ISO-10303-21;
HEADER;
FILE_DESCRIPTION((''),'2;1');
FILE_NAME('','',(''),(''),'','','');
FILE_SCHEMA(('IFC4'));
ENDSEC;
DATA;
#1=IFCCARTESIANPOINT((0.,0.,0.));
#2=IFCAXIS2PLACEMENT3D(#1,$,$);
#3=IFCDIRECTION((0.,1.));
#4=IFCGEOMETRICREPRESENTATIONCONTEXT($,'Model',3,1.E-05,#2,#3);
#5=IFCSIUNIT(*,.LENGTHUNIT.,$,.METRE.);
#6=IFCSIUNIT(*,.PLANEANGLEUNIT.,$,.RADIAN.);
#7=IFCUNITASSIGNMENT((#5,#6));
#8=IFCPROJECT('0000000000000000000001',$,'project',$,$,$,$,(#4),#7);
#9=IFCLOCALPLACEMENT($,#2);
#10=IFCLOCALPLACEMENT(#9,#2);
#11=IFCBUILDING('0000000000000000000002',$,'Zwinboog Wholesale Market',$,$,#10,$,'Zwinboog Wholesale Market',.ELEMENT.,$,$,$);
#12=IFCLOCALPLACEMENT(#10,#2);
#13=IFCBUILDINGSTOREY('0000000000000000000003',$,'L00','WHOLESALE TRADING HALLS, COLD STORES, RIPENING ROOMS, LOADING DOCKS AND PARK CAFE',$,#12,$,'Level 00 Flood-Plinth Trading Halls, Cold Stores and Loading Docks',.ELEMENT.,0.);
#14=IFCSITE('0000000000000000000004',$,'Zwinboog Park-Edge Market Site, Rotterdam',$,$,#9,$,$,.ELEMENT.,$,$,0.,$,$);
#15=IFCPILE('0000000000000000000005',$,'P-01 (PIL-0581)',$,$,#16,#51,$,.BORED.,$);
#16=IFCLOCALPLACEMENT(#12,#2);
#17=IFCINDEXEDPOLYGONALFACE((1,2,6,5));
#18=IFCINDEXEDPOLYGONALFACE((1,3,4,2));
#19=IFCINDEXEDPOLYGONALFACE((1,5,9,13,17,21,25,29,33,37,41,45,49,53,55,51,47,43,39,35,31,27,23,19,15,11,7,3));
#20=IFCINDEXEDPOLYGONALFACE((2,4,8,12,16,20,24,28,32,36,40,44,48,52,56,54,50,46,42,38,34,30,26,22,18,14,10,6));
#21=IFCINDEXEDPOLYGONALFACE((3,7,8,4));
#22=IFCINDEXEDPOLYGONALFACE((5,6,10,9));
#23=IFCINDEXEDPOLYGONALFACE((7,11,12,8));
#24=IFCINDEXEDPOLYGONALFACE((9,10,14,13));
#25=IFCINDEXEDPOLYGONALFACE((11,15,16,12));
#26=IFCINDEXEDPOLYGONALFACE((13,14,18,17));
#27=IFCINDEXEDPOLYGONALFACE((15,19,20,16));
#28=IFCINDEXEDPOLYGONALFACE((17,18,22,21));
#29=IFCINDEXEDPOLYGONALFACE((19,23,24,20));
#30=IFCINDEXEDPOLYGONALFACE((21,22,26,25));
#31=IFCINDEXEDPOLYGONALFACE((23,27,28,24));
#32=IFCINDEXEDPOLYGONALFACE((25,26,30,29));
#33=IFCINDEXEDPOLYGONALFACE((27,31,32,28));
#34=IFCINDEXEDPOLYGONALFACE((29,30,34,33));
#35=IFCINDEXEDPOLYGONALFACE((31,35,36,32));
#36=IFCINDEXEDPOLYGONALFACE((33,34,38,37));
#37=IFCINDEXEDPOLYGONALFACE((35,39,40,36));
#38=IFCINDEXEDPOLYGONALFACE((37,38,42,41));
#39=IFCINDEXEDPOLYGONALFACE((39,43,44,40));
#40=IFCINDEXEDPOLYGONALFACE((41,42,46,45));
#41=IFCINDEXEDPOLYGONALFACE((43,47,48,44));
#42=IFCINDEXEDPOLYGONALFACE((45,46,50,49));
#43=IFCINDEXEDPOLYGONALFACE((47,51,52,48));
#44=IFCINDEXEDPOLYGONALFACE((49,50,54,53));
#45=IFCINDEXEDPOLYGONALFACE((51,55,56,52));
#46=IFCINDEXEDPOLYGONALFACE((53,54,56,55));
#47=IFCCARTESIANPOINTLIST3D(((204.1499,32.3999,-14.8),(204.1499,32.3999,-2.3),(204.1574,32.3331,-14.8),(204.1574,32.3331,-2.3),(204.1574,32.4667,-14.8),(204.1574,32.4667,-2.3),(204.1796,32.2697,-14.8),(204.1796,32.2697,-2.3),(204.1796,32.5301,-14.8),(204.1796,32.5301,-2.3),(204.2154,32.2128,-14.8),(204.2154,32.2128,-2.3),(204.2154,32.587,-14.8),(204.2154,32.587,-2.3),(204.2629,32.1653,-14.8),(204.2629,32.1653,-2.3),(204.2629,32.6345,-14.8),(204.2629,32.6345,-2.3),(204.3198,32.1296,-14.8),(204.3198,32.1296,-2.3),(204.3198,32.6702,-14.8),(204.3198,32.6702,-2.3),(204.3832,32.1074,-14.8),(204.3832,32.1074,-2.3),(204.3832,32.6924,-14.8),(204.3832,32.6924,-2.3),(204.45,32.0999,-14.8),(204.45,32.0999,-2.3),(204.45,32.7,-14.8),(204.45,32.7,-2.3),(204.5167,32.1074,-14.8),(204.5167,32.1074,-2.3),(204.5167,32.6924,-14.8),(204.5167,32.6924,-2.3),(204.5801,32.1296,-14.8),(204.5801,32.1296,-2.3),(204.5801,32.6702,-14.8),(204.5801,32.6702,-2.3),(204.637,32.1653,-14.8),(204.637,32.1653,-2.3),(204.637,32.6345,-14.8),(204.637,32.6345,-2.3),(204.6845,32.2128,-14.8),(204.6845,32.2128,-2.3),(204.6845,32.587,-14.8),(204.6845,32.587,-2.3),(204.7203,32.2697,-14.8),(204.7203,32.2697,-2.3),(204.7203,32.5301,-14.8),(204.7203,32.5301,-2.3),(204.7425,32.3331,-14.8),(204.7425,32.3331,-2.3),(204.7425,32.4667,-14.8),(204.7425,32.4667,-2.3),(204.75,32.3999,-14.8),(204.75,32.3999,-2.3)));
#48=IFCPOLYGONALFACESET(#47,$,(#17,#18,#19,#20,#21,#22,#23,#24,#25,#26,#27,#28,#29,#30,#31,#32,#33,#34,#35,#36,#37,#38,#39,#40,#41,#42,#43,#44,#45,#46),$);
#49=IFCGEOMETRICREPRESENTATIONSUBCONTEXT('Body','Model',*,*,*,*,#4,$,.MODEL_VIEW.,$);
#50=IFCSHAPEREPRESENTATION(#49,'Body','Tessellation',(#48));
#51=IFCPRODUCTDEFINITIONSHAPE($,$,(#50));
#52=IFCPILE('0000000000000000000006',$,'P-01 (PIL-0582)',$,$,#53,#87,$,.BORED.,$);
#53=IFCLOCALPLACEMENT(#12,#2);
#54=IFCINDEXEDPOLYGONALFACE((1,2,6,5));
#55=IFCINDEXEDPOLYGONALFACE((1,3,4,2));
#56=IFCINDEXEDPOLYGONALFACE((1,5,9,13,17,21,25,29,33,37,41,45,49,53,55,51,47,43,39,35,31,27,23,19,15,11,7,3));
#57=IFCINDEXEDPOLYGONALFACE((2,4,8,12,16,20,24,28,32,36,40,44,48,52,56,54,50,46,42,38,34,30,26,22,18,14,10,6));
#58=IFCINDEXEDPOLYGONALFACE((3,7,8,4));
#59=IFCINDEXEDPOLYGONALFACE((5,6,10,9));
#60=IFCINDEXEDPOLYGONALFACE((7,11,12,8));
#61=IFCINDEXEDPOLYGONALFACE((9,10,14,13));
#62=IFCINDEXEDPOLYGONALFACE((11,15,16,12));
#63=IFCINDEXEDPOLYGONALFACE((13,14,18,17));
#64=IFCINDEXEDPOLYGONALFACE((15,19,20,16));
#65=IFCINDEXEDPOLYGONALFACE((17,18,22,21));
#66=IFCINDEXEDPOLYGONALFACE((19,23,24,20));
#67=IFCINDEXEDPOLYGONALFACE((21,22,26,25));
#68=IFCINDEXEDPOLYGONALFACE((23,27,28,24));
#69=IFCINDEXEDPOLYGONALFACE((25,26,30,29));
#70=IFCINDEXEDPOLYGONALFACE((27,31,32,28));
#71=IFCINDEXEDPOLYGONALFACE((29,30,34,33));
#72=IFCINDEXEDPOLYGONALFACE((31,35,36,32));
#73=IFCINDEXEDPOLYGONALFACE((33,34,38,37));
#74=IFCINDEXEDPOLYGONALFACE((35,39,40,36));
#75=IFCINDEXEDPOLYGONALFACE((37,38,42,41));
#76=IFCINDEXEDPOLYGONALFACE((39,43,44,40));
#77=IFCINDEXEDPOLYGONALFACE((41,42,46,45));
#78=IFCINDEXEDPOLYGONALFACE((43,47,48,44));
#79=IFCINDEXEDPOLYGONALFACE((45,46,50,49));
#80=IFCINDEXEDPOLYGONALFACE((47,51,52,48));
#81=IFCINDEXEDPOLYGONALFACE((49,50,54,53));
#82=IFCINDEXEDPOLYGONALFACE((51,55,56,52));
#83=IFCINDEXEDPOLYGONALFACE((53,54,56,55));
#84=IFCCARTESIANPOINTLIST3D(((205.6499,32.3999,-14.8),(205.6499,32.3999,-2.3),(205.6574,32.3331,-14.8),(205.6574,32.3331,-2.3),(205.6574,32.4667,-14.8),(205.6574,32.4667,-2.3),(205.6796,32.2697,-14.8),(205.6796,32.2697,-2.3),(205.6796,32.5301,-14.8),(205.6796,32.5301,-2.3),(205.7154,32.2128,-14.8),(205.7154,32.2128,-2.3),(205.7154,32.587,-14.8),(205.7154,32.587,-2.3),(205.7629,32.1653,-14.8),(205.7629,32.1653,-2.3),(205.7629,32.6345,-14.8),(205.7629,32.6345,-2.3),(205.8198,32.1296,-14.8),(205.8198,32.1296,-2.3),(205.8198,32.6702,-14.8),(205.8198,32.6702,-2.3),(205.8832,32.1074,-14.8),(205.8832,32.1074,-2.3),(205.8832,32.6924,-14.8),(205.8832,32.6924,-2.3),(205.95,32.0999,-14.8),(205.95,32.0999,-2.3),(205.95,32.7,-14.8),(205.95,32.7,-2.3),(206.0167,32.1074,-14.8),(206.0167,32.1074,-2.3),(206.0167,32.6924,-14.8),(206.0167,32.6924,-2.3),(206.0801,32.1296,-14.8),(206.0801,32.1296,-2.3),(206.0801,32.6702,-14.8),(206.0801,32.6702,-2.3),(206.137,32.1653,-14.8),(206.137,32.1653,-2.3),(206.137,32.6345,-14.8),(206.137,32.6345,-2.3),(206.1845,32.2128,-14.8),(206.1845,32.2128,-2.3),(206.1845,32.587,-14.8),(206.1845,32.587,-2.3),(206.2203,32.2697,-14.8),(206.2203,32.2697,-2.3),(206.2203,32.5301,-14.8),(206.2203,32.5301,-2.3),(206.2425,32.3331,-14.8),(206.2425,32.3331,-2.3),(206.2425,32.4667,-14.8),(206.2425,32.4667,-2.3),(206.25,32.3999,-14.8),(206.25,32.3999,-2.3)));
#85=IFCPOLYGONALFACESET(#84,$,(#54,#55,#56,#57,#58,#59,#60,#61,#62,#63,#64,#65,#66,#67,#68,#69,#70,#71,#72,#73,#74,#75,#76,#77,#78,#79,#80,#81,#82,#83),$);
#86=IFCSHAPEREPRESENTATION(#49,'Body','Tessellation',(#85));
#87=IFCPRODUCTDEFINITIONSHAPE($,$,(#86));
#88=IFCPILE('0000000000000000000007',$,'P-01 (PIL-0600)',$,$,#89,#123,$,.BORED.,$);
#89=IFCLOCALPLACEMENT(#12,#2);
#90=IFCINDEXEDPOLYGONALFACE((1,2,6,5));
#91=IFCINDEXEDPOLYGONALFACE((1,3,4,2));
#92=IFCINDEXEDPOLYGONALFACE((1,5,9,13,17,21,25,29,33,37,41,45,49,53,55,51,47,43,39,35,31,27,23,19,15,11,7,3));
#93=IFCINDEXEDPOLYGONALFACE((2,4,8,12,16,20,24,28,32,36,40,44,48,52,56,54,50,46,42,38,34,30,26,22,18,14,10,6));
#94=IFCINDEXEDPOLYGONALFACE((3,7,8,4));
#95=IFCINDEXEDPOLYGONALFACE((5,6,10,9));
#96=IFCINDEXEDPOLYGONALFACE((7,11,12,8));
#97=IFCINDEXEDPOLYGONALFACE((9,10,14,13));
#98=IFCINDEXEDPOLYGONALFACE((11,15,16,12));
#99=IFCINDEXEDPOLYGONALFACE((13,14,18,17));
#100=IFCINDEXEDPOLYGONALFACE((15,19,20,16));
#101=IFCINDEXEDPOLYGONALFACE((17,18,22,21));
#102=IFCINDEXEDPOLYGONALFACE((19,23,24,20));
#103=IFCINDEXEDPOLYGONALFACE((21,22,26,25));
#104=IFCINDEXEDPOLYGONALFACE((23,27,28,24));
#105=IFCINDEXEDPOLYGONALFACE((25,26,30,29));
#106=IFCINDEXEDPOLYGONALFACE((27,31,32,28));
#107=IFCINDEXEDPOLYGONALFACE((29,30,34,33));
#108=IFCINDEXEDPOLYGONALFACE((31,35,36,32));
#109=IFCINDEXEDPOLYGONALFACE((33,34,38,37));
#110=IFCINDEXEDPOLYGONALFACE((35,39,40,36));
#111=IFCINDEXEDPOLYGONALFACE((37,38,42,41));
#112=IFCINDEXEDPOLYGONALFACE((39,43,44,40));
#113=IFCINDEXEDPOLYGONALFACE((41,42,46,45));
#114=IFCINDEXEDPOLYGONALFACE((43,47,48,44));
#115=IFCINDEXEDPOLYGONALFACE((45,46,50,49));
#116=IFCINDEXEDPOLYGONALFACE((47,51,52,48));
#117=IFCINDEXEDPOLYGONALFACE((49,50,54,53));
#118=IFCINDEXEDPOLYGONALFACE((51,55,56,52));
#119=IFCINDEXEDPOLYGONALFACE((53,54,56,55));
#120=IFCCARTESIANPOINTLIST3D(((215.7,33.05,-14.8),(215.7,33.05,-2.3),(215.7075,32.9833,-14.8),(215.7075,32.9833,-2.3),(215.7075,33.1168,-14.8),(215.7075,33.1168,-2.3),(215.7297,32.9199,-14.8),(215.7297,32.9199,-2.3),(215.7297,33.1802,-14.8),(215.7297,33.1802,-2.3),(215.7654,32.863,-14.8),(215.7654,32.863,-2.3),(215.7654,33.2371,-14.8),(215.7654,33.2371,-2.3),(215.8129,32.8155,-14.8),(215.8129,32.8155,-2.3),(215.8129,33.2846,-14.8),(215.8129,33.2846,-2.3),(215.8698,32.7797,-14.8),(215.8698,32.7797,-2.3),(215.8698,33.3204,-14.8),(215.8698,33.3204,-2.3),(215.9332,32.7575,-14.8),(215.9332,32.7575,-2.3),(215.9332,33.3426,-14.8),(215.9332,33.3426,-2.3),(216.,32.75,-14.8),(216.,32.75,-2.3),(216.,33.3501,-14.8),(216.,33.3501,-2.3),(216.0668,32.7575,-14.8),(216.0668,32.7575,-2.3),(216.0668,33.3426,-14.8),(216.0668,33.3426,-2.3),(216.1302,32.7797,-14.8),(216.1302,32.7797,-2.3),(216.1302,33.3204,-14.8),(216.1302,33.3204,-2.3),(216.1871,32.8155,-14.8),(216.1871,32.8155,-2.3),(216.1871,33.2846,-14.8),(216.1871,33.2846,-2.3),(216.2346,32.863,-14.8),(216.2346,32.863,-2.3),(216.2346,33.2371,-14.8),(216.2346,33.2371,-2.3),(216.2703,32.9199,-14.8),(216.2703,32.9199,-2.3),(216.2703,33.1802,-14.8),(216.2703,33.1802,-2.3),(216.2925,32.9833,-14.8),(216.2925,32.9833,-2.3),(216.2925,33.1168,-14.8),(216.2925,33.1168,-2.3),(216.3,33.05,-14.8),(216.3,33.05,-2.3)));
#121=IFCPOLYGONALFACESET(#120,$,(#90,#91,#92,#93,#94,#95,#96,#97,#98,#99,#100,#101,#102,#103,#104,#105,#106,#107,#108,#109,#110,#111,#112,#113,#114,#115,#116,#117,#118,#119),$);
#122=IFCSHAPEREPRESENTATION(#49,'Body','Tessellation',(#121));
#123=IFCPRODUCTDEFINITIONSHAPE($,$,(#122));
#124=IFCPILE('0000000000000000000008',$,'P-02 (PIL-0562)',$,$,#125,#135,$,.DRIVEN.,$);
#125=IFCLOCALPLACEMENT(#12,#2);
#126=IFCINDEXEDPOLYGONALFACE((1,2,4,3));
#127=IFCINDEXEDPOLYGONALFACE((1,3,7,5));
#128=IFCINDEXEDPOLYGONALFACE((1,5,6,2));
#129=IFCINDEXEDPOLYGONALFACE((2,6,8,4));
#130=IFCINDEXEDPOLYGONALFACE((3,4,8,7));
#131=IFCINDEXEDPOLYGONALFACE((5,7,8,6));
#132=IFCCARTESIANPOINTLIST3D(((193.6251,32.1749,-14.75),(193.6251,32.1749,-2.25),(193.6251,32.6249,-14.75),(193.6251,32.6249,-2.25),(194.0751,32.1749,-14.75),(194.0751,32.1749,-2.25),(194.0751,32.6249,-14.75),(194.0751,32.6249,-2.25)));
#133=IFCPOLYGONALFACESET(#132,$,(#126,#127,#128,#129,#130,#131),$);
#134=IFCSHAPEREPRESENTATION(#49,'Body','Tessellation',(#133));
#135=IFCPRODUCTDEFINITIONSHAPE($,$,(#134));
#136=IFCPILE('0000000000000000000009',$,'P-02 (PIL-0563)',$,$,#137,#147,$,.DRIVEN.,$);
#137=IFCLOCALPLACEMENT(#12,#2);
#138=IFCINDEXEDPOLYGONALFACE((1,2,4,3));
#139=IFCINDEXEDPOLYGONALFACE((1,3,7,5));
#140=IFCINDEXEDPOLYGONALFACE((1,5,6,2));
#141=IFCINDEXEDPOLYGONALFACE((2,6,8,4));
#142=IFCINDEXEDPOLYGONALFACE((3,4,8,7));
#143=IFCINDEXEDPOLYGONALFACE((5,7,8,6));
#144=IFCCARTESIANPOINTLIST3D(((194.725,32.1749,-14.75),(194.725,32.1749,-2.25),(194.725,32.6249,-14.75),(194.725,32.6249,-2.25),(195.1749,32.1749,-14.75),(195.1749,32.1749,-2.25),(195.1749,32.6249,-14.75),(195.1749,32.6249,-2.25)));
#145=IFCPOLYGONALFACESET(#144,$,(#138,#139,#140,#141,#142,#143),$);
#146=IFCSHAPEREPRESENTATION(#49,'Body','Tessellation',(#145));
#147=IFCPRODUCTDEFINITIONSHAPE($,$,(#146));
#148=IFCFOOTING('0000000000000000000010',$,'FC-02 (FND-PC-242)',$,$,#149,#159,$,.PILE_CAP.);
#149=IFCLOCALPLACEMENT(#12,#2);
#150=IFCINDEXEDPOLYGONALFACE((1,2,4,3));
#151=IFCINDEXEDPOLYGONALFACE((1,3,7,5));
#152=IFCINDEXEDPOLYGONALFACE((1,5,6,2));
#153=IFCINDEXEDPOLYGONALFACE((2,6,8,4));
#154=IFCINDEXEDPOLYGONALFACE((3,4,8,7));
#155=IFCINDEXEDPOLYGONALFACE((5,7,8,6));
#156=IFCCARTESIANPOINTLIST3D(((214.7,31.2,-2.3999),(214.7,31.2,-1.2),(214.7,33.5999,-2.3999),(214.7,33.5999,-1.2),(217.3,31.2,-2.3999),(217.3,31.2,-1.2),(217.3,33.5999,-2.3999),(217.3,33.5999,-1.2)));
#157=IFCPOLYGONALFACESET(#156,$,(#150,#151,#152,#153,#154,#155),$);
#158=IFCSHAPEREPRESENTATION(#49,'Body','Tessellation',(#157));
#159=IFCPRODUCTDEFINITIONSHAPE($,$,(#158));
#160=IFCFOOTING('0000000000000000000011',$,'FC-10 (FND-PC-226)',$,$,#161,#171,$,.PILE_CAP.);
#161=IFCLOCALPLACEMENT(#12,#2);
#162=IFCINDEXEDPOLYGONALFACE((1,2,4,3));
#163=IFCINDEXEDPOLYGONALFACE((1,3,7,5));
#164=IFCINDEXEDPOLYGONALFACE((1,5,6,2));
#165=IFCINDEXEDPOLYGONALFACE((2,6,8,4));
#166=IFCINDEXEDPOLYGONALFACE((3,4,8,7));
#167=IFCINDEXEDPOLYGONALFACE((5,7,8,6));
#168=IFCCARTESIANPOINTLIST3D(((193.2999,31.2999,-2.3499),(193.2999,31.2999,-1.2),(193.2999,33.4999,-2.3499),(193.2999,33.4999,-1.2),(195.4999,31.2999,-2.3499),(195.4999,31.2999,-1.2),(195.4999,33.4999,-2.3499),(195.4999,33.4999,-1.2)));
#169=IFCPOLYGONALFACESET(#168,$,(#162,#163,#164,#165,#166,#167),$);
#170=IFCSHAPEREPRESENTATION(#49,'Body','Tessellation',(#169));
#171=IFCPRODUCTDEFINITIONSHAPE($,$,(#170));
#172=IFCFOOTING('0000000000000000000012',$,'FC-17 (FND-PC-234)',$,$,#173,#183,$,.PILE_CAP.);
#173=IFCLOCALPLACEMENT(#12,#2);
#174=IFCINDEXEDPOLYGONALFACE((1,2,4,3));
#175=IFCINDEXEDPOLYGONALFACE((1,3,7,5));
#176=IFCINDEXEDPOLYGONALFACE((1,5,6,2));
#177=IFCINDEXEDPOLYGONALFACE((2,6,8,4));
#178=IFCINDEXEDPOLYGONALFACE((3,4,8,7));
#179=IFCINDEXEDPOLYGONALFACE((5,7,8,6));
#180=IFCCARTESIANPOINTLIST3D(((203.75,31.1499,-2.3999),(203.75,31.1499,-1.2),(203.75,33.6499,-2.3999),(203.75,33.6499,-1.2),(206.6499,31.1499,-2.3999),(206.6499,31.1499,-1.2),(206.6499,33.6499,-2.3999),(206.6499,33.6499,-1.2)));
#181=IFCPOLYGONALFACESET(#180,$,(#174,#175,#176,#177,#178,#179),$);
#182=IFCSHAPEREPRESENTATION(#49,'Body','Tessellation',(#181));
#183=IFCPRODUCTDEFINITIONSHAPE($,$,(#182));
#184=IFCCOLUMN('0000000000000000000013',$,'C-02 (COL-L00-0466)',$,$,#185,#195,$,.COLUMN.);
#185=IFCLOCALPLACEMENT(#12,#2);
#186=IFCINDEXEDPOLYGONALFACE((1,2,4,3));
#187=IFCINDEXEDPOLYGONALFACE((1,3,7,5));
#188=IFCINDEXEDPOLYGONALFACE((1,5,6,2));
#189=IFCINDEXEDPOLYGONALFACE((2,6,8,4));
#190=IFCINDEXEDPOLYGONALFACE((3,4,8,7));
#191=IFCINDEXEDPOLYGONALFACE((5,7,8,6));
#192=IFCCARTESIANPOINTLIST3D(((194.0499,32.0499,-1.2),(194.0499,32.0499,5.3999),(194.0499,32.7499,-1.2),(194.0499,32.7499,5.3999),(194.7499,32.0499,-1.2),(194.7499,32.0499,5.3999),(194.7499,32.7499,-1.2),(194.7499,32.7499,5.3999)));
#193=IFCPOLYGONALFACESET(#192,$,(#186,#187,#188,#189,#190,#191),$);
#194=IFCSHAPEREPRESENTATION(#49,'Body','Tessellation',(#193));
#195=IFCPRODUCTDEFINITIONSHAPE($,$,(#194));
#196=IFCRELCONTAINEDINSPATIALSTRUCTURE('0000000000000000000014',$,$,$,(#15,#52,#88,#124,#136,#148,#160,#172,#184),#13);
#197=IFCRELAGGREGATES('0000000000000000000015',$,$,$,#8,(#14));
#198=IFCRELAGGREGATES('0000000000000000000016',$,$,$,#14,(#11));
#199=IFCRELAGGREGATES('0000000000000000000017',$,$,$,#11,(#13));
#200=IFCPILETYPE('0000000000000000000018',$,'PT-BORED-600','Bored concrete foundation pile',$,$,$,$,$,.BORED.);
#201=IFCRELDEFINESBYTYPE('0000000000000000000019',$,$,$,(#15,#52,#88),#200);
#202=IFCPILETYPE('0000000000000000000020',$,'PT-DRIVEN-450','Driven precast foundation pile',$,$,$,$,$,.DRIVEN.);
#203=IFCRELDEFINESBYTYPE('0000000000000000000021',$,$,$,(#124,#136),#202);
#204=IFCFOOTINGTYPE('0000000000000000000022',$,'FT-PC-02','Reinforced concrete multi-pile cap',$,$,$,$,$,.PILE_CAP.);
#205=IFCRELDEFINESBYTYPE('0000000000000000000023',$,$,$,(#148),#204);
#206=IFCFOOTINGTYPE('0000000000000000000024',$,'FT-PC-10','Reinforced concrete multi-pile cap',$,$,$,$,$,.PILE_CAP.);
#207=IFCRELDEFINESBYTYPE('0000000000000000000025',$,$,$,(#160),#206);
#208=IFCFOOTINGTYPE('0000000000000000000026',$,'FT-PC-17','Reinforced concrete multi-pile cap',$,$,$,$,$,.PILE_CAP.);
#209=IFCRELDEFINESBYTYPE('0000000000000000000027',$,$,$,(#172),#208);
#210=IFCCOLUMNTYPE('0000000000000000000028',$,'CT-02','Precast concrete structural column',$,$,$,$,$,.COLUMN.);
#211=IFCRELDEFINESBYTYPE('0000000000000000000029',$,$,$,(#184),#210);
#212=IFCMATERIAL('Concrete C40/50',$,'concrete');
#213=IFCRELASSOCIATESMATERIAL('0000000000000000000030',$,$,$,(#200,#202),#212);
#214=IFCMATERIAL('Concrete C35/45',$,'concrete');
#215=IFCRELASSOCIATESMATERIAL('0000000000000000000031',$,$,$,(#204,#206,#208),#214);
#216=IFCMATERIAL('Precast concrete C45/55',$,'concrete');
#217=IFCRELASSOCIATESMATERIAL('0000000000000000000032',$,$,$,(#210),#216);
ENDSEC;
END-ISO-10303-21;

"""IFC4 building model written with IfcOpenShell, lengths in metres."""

from ifc_helpers import new_model, si_unit, direction, frame, origin, origin_2d, place, context, subcontext, project, spatial, rectangle, circle, extrude, material, material_profile, profile_set, type_object, element, save


model = new_model("IFC4")

# Units and contexts
model_context = context("Model", 3, precision=1e-05, world=origin(), true_north=direction((0.0, 1.0)))
body_context = subcontext(model_context, "Body", "Model", "MODEL_VIEW")
ifc_project = project(units=[si_unit("LENGTHUNIT", "METRE"), si_unit("PLANEANGLEUNIT", "RADIAN")], contexts=[model_context])

# Site, building, storey
site_placement = place(None, origin())
site = spatial("IfcSite", under=ifc_project, at=site_placement, Name="Zwinboog Park-Edge Market Site, Rotterdam", CompositionType="ELEMENT", RefElevation=0.0)
building_placement = place(site_placement, origin())
building = spatial("IfcBuilding", under=site, at=building_placement, Name="Zwinboog Wholesale Market", LongName="Zwinboog Wholesale Market", CompositionType="ELEMENT")
storey_placement = place(building_placement, origin())
storey = spatial("IfcBuildingStorey", under=building, at=storey_placement, Name="L00", Description="WHOLESALE TRADING HALLS, COLD STORES, RIPENING ROOMS, LOADING DOCKS AND PARK CAFE", LongName="Level 00 Flood-Plinth Trading Halls, Cold Stores and Loading Docks", CompositionType="ELEMENT", Elevation=0.0)

# Piles
ifc_material_1 = material(Name="Concrete C40/50", Category="concrete")
ifc_material_profile_1 = material_profile(ifc_material_1, circle(Radius=0.3, at=origin_2d()), Name="PILE D600")
ifc_profile_set_1 = profile_set([ifc_material_profile_1], Name="Concrete C40/50")
pile_type_1 = type_object("IfcPileType", Name="PT-BORED-600", Description="Bored concrete foundation pile", PredefinedType="BORED", material=ifc_profile_set_1)
for number, where, z_axis, x_axis, name in (
    (1, (204.45, 32.3999, -2.3), (0.0, 0.0, -1.0), (1.0, 0.0, 0.0), "P-01 (PIL-0581)"),
    (2, (205.95, 32.3999, -2.3), (0.0, 0.0, -1.0), (1.0, 0.0, 0.0), "P-01 (PIL-0582)"),
    (3, (216.0, 33.05, -2.3), (0.0, 0.0, -1.0), (1.0, 0.0, 0.0), "P-01 (PIL-0600)"),
):
    element("IfcPile", number, at=place(storey_placement, frame(where, z_axis=z_axis, x_axis=x_axis)), inside=storey, type_object=pile_type_1, Name=name, PredefinedType="BORED", context=body_context, shape_type="SweptSolid", body=[
        extrude(circle(Radius=0.3, at=origin_2d()), origin(), (0.0, 0.0, 1.0), 12.5),
    ])
ifc_material_profile_2 = material_profile(ifc_material_1, rectangle(XDim=0.45, YDim=0.45, at=origin_2d()), Name="PILE SQ450")
ifc_profile_set_2 = profile_set([ifc_material_profile_2], Name="Concrete C40/50")
pile_type_2 = type_object("IfcPileType", Name="PT-DRIVEN-450", Description="Driven precast foundation pile", PredefinedType="DRIVEN", material=ifc_profile_set_2)
for number, where, z_axis, x_axis, name in (
    (4, (193.8501, 32.3999, -2.25), (0.0, 0.0, -1.0), (1.0, 0.0, 0.0), "P-02 (PIL-0562)"),
    (5, (194.95, 32.3999, -2.25), (0.0, 0.0, -1.0), (1.0, 0.0, 0.0), "P-02 (PIL-0563)"),
):
    element("IfcPile", number, at=place(storey_placement, frame(where, z_axis=z_axis, x_axis=x_axis)), inside=storey, type_object=pile_type_2, Name=name, PredefinedType="DRIVEN", context=body_context, shape_type="SweptSolid", body=[
        extrude(rectangle(XDim=0.45, YDim=0.45, at=origin_2d()), origin(), (0.0, 0.0, 1.0), 12.5),
    ])

# Footings
ifc_material_2 = material(Name="Concrete C35/45", Category="concrete")
footing_type_1 = type_object("IfcFootingType", Name="FT-PC-02", Description="Reinforced concrete multi-pile cap", PredefinedType="PILE_CAP", material=ifc_material_2)
footing_1_placement = place(storey_placement, frame((216.0, 32.3999, -2.3999), z_axis=(0.0, 0.0, 1.0), x_axis=(1.0, 0.0, 0.0)))
element("IfcFooting", 6, at=footing_1_placement, inside=storey, type_object=footing_type_1, Name="FC-02 (FND-PC-242)", PredefinedType="PILE_CAP", context=body_context, shape_type="SweptSolid", body=[
    extrude(rectangle(XDim=2.6001, YDim=2.3999, at=origin_2d()), origin(), (0.0, 0.0, 1.0), 1.2),
])
footing_type_2 = type_object("IfcFootingType", Name="FT-PC-10", Description="Reinforced concrete multi-pile cap", PredefinedType="PILE_CAP", material=ifc_material_2)
footing_2_placement = place(storey_placement, frame((194.3999, 32.3999, -2.3499), z_axis=(0.0, 0.0, 1.0), x_axis=(1.0, 0.0, 0.0)))
element("IfcFooting", 7, at=footing_2_placement, inside=storey, type_object=footing_type_2, Name="FC-10 (FND-PC-226)", PredefinedType="PILE_CAP", context=body_context, shape_type="SweptSolid", body=[
    extrude(rectangle(XDim=2.2, YDim=2.2, at=origin_2d()), origin(), (0.0, 0.0, 1.0), 1.1499),
])
footing_type_3 = type_object("IfcFootingType", Name="FT-PC-17", Description="Reinforced concrete multi-pile cap", PredefinedType="PILE_CAP", material=ifc_material_2)
footing_3_placement = place(storey_placement, frame((205.2, 32.3999, -2.3999), z_axis=(0.0, 0.0, 1.0), x_axis=(1.0, 0.0, 0.0)))
element("IfcFooting", 8, at=footing_3_placement, inside=storey, type_object=footing_type_3, Name="FC-17 (FND-PC-234)", PredefinedType="PILE_CAP", context=body_context, shape_type="SweptSolid", body=[
    extrude(rectangle(XDim=2.8999, YDim=2.5, at=origin_2d()), origin(), (0.0, 0.0, 1.0), 1.2),
])

# Column
ifc_material_3 = material(Name="Precast concrete C45/55", Category="concrete")
ifc_material_profile_3 = material_profile(ifc_material_3, rectangle(XDim=0.7, YDim=0.7, at=origin_2d()), Name="PC 700x700")
ifc_profile_set_3 = profile_set([ifc_material_profile_3], Name="Precast concrete C45/55")
column_type = type_object("IfcColumnType", Name="CT-02", Description="Precast concrete structural column", PredefinedType="COLUMN", material=ifc_profile_set_3)
for number, where, z_axis, x_axis, name in (
    (9, (194.3999, 32.3999, -1.2), (0.0, 0.0, 1.0), (1.0, 0.0, 0.0), "C-02 (COL-L00-0466)"),
):
    element("IfcColumn", number, at=place(storey_placement, frame(where, z_axis=z_axis, x_axis=x_axis)), inside=storey, type_object=column_type, Name=name, PredefinedType="COLUMN", context=body_context, shape_type="SweptSolid", body=[
        extrude(rectangle(XDim=0.7, YDim=0.7, at=origin_2d()), origin(), (0.0, 0.0, 1.0), 6.5999),
    ])

save(model, "model.ifc")
